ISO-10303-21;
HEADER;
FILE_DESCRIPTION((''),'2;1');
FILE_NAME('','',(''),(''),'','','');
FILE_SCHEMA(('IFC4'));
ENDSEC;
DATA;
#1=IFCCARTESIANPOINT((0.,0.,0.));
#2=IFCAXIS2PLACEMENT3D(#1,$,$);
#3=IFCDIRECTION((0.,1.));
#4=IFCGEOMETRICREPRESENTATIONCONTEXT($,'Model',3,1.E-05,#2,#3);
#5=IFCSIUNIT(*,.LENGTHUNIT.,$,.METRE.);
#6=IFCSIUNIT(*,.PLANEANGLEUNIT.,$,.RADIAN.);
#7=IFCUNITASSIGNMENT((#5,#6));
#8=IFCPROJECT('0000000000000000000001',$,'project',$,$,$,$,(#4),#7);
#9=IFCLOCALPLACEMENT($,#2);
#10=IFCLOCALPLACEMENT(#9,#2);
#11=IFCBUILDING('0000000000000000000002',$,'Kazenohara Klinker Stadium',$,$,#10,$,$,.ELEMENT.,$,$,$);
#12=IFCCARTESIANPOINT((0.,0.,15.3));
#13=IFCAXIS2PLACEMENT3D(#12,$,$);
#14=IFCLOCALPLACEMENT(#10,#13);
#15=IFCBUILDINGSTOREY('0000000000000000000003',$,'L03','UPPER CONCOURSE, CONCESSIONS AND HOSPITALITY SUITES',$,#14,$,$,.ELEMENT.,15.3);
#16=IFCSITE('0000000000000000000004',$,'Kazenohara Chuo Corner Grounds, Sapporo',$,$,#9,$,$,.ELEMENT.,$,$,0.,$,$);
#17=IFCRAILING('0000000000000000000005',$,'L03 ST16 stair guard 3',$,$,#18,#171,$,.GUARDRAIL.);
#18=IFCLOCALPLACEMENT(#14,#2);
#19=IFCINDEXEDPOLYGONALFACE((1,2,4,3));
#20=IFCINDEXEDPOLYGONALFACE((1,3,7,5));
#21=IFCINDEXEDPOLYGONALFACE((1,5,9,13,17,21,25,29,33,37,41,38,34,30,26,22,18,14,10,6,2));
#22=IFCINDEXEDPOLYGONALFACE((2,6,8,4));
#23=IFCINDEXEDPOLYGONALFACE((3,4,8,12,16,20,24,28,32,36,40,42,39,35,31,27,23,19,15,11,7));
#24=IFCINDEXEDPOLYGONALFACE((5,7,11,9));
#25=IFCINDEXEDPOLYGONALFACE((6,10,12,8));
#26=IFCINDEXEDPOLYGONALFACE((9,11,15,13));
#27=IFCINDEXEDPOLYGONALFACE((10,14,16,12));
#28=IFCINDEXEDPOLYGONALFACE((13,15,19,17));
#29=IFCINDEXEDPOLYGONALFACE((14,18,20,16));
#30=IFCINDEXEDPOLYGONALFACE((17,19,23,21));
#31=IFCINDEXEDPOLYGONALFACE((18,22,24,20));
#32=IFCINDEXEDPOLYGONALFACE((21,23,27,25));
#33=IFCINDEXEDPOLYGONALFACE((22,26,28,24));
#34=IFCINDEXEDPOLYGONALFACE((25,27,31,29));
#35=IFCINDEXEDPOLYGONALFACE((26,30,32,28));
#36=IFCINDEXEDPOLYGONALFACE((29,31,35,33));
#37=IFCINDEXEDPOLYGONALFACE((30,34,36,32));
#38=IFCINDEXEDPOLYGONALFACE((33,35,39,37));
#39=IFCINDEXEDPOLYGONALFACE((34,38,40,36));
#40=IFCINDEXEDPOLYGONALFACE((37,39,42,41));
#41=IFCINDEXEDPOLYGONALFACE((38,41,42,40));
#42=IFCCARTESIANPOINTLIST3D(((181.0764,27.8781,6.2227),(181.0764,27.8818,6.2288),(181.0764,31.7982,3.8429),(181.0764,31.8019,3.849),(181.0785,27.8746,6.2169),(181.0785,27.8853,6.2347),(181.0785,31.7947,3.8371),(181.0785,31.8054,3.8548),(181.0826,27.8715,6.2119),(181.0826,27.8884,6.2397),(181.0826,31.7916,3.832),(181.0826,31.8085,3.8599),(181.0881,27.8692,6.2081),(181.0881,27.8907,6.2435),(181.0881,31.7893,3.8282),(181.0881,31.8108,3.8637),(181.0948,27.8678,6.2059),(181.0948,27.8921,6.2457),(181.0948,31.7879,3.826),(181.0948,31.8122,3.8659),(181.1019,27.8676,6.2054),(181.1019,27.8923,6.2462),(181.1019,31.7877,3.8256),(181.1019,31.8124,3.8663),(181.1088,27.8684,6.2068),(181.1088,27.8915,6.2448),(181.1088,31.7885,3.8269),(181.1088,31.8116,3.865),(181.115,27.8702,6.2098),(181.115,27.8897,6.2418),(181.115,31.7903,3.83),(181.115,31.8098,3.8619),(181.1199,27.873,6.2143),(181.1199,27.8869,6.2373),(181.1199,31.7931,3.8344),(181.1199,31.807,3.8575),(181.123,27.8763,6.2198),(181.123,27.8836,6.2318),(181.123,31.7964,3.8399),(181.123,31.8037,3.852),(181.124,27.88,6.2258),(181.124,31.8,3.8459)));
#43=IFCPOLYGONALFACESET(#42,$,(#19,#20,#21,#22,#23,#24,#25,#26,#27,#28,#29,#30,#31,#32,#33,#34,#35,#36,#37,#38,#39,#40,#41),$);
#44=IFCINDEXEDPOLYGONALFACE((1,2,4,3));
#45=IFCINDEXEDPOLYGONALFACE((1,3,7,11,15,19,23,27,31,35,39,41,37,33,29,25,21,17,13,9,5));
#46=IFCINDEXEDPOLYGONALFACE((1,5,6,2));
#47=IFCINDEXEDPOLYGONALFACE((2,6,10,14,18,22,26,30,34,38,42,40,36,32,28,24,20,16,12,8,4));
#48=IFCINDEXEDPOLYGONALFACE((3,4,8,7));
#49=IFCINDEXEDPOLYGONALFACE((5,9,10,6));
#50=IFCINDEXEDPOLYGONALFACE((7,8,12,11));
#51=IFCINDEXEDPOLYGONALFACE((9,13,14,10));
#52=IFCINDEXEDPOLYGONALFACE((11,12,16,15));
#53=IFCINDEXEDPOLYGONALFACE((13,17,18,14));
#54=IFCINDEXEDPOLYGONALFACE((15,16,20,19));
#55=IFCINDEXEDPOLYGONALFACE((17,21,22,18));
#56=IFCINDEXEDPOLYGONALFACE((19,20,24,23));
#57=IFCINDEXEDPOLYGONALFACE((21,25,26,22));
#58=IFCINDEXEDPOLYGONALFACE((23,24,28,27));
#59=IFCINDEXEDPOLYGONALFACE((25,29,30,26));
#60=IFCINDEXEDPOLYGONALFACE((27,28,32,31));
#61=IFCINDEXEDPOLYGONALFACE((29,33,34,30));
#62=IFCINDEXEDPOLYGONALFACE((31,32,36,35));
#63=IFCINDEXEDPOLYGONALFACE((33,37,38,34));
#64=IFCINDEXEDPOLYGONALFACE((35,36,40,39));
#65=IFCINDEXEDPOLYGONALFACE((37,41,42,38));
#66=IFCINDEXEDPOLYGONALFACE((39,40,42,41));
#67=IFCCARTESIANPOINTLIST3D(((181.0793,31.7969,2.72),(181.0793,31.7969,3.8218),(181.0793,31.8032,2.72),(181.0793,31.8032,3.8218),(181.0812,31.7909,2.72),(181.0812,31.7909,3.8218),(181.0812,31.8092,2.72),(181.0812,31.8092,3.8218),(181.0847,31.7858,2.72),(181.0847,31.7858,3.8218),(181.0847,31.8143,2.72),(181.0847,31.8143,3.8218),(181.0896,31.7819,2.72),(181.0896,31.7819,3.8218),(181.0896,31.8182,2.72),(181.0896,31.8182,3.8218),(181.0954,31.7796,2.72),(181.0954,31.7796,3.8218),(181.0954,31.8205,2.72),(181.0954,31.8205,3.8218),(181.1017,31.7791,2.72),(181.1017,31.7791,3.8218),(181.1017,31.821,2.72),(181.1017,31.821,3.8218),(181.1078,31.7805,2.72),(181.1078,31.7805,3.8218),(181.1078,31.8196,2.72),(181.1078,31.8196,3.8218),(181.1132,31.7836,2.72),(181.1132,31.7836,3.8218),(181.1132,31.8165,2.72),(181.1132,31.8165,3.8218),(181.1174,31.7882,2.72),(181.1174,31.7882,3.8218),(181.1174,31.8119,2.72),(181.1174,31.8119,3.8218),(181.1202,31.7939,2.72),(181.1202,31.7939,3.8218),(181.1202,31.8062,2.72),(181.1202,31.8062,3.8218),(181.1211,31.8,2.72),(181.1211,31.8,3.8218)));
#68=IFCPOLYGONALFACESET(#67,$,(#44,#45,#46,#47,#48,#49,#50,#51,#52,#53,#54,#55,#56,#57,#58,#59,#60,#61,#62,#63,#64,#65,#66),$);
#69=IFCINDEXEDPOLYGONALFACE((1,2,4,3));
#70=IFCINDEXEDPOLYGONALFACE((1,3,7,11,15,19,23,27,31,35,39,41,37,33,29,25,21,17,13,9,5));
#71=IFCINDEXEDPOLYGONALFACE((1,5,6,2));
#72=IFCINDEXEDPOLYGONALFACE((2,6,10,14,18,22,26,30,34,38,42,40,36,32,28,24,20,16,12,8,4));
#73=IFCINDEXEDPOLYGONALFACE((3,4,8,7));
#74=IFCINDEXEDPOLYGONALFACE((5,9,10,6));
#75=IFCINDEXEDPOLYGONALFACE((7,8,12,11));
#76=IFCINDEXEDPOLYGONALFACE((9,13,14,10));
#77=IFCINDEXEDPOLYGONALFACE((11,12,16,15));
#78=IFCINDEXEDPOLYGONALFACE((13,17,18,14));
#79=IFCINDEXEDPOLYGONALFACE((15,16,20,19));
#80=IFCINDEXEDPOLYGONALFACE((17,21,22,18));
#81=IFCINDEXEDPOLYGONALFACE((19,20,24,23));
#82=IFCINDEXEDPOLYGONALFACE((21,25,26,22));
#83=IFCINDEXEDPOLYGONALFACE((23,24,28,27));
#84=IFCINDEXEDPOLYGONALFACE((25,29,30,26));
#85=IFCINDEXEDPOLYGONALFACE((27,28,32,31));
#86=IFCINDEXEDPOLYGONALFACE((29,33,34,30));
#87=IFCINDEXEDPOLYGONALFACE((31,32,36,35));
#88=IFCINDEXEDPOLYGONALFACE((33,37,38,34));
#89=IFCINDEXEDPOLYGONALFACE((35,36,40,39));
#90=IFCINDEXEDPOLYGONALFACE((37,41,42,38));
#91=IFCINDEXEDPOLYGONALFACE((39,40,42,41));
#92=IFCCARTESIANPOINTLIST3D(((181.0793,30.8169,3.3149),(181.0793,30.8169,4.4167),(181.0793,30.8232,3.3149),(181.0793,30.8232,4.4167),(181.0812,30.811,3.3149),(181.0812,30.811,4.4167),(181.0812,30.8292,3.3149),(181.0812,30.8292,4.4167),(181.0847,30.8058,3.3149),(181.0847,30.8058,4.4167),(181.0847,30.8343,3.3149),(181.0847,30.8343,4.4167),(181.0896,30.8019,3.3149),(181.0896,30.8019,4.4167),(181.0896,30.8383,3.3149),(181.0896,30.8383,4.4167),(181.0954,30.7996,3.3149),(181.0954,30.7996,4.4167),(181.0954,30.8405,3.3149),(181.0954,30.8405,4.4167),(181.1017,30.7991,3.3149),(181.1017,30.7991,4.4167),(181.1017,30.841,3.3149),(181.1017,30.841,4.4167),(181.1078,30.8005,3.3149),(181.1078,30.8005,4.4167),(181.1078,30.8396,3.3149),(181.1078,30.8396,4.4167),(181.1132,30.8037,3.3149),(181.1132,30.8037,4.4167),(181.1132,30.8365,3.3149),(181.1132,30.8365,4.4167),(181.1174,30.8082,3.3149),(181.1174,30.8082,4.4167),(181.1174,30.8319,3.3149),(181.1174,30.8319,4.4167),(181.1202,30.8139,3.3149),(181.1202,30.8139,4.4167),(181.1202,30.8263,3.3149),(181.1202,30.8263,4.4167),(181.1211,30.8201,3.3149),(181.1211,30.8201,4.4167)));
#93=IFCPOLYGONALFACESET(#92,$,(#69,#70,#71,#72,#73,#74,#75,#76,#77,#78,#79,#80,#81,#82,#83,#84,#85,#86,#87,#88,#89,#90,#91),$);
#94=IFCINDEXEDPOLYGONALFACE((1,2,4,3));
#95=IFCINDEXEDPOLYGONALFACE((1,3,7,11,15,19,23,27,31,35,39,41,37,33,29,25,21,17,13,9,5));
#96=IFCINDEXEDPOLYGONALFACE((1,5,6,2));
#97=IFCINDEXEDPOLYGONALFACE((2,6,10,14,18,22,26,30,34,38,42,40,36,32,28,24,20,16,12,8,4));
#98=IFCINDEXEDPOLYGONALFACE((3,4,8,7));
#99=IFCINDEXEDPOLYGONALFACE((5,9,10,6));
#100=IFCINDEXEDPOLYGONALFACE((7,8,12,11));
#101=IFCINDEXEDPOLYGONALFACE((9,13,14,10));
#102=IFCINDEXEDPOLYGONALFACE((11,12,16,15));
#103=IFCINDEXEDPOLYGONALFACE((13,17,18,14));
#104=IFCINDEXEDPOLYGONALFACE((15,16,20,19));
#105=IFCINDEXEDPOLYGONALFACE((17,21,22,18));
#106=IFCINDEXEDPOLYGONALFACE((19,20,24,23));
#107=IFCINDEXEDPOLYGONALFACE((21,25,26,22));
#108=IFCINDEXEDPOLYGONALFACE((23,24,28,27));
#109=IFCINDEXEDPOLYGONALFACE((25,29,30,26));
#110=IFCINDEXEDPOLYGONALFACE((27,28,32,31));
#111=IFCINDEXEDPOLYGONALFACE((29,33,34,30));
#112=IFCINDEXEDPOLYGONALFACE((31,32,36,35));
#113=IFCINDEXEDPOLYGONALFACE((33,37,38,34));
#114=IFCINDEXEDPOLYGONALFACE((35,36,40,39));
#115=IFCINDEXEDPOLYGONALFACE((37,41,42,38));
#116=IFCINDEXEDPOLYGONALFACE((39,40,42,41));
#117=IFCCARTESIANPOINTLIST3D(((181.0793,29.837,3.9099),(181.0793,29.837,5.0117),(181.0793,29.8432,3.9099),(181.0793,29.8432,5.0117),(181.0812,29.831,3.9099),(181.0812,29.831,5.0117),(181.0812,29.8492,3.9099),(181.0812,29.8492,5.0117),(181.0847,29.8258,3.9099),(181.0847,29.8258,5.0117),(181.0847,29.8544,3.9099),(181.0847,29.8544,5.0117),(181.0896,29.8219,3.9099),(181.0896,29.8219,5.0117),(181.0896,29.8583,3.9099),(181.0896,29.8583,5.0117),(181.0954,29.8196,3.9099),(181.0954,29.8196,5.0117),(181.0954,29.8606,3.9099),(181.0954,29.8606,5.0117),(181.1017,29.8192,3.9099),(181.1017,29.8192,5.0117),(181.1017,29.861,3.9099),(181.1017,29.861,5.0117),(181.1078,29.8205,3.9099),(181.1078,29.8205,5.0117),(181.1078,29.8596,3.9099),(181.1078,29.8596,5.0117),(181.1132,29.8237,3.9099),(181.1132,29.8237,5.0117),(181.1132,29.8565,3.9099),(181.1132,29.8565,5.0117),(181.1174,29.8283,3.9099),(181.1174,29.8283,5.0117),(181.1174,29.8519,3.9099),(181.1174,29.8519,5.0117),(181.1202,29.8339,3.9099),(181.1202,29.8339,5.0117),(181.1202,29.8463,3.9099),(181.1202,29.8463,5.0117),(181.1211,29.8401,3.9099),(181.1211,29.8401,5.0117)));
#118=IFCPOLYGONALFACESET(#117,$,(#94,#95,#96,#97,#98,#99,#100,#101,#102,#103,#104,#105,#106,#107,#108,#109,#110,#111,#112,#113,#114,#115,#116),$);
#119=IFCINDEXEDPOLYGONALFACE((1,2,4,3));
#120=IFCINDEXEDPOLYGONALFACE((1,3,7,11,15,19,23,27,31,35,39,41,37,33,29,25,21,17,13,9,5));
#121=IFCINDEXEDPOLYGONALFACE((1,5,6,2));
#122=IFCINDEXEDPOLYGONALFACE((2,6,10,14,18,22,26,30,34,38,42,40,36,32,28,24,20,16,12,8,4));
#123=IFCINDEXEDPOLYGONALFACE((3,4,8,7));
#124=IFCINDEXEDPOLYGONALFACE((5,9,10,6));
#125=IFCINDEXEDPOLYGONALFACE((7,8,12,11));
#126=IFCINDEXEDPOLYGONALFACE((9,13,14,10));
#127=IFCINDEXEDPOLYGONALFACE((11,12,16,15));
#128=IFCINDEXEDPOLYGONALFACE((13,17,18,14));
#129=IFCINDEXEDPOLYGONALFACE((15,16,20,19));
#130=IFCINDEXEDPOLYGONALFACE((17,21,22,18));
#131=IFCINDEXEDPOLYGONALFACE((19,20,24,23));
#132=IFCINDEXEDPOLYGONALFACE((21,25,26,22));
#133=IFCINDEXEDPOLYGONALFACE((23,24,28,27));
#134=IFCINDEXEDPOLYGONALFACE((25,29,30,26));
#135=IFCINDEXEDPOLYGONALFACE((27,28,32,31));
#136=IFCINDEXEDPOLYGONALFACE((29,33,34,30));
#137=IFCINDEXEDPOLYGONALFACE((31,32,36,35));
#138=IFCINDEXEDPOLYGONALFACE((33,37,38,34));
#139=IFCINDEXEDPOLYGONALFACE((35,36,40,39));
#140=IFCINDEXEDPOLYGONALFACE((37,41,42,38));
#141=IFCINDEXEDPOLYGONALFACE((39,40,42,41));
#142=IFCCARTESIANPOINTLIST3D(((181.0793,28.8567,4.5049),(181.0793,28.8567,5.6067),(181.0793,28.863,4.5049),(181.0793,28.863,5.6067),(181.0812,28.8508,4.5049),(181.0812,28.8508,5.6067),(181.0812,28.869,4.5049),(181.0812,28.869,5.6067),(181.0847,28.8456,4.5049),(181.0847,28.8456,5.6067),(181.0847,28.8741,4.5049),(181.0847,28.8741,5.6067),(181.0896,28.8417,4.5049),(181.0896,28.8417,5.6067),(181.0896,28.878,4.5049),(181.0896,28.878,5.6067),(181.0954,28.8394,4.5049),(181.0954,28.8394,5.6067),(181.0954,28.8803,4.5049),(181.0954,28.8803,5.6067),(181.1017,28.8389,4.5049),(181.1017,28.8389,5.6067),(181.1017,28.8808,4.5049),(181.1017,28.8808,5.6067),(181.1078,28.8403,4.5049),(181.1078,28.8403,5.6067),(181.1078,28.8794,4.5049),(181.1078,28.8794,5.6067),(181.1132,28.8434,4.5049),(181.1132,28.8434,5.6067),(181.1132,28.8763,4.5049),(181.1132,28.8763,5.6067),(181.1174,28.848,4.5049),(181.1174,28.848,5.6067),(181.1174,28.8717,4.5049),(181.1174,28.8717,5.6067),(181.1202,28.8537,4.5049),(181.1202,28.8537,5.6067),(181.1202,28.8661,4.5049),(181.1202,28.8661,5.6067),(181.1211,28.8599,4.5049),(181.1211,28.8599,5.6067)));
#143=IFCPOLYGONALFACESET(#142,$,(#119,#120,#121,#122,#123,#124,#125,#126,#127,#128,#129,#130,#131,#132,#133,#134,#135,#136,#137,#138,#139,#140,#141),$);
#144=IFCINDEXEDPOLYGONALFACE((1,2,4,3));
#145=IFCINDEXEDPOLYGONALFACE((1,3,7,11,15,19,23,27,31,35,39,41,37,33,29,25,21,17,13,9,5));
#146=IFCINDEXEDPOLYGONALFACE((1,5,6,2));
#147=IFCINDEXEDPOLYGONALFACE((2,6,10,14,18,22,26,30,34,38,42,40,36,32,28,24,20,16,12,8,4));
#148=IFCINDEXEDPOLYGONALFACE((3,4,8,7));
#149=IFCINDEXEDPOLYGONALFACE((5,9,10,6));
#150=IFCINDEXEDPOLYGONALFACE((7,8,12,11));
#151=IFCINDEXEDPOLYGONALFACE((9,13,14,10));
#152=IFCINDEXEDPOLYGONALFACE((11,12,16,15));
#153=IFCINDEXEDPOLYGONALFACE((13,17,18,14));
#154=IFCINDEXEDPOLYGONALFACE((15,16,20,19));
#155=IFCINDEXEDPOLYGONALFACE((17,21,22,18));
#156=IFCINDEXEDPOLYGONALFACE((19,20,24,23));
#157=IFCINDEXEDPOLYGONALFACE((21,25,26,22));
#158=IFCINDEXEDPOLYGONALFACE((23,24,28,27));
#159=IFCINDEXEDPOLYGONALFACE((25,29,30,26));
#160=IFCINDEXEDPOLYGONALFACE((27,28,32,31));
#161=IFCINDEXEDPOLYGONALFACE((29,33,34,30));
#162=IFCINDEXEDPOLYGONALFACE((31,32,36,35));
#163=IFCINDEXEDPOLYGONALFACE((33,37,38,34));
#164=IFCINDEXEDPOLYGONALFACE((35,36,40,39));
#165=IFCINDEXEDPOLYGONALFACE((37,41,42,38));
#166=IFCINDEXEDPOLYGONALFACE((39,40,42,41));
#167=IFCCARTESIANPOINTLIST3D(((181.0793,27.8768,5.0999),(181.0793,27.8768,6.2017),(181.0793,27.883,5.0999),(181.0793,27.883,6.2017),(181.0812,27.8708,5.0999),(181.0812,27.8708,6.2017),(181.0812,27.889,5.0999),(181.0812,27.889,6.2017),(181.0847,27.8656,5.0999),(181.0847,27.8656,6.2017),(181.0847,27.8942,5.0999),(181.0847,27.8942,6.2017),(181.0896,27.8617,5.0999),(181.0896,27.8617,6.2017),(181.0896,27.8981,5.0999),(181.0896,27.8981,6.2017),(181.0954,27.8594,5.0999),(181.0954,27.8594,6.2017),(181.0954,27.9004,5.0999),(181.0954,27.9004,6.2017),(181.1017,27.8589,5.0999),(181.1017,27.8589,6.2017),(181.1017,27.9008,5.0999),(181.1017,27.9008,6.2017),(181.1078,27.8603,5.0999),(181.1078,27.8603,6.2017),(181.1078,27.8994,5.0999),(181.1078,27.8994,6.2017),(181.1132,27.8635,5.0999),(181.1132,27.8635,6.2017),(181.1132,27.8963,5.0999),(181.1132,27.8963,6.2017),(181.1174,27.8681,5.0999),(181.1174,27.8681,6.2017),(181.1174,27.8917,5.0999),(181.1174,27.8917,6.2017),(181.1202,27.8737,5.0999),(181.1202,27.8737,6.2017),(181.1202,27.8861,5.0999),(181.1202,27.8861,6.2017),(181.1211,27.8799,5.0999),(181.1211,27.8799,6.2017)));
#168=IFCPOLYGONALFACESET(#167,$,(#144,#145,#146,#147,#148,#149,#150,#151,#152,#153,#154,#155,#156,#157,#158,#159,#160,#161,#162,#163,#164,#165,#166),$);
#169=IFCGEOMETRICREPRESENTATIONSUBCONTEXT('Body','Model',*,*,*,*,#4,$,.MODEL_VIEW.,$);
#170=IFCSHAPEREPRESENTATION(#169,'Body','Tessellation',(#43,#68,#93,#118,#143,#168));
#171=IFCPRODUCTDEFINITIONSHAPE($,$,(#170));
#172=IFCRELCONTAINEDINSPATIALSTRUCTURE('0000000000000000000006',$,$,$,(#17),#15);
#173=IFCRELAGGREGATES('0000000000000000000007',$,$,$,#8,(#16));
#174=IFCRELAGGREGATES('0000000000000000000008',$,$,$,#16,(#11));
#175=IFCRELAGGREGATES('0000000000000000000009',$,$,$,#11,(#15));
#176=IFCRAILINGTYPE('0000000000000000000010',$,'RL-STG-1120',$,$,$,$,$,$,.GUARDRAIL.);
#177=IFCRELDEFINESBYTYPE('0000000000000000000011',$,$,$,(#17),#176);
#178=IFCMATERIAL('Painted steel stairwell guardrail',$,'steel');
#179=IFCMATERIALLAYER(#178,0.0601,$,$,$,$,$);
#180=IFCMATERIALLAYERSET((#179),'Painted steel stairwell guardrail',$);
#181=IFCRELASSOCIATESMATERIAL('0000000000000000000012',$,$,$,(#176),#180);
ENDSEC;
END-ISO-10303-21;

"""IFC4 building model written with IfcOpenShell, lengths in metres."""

from ifc_helpers import new_model, si_unit, direction, frame, origin, origin_2d, place, context, subcontext, project, spatial, circle, extrude, material, layer, layer_set, type_object, element, save


model = new_model("IFC4")

# Units and contexts
model_context = context("Model", 3, precision=1e-05, world=origin(), true_north=direction((0.0, 1.0)))
body_context = subcontext(model_context, "Body", "Model", "MODEL_VIEW")
ifc_project = project(units=[si_unit("LENGTHUNIT", "METRE"), si_unit("PLANEANGLEUNIT", "RADIAN")], contexts=[model_context])

# Site, building, storey
site_placement = place(None, origin())
site = spatial("IfcSite", under=ifc_project, at=site_placement, Name="Kazenohara Chuo Corner Grounds, Sapporo", CompositionType="ELEMENT", RefElevation=0.0)
building_placement = place(site_placement, origin())
building = spatial("IfcBuilding", under=site, at=building_placement, Name="Kazenohara Klinker Stadium", CompositionType="ELEMENT")
storey_placement = place(building_placement, frame((0.0, 0.0, 15.3)))
storey = spatial("IfcBuildingStorey", under=building, at=storey_placement, Name="L03", Description="UPPER CONCOURSE, CONCESSIONS AND HOSPITALITY SUITES", CompositionType="ELEMENT", Elevation=15.3)

# Railing
ifc_material_1 = material(Name="Painted steel stairwell guardrail", Category="steel")
ifc_layer_1 = layer(ifc_material_1, 0.0601)
ifc_layer_set_1 = layer_set([ifc_layer_1], Name="Painted steel stairwell guardrail")
railing_type_1 = type_object("IfcRailingType", Name="RL-STG-1120", PredefinedType="GUARDRAIL", material=ifc_layer_set_1)
railing_1_placement = place(storey_placement, frame((181.1001, 31.8, 2.72)))
element("IfcRailing", 1, at=railing_1_placement, inside=storey, type_object=railing_type_1, Name="L03 ST16 stair guard 3", PredefinedType="GUARDRAIL", context=body_context, shape_type="SweptSolid", body=[
    extrude(circle(Radius=0.0239, at=origin_2d()), frame((0.0, 0.0, 1.126), z_axis=(0.0, -0.854809, 0.518943), x_axis=(1.0, 0.0, 0.0)), (0.0, 0.0, 1.0), 4.5859),
    extrude(circle(Radius=0.021, at=origin_2d()), origin(), (0.0, 0.0, 1.0), 1.1018),
    extrude(circle(Radius=0.021, at=origin_2d()), frame((0.0, -0.98, 0.595)), (0.0, 0.0, 1.0), 1.1018),
    extrude(circle(Radius=0.021, at=origin_2d()), frame((0.0, -1.96, 1.1899)), (0.0, 0.0, 1.0), 1.1018),
    extrude(circle(Radius=0.021, at=origin_2d()), frame((0.0, -2.9402, 1.7849)), (0.0, 0.0, 1.0), 1.1018),
    extrude(circle(Radius=0.021, at=origin_2d()), frame((0.0, -3.9202, 2.3799)), (0.0, 0.0, 1.0), 1.1018),
])

save(model, "model.ifc")
